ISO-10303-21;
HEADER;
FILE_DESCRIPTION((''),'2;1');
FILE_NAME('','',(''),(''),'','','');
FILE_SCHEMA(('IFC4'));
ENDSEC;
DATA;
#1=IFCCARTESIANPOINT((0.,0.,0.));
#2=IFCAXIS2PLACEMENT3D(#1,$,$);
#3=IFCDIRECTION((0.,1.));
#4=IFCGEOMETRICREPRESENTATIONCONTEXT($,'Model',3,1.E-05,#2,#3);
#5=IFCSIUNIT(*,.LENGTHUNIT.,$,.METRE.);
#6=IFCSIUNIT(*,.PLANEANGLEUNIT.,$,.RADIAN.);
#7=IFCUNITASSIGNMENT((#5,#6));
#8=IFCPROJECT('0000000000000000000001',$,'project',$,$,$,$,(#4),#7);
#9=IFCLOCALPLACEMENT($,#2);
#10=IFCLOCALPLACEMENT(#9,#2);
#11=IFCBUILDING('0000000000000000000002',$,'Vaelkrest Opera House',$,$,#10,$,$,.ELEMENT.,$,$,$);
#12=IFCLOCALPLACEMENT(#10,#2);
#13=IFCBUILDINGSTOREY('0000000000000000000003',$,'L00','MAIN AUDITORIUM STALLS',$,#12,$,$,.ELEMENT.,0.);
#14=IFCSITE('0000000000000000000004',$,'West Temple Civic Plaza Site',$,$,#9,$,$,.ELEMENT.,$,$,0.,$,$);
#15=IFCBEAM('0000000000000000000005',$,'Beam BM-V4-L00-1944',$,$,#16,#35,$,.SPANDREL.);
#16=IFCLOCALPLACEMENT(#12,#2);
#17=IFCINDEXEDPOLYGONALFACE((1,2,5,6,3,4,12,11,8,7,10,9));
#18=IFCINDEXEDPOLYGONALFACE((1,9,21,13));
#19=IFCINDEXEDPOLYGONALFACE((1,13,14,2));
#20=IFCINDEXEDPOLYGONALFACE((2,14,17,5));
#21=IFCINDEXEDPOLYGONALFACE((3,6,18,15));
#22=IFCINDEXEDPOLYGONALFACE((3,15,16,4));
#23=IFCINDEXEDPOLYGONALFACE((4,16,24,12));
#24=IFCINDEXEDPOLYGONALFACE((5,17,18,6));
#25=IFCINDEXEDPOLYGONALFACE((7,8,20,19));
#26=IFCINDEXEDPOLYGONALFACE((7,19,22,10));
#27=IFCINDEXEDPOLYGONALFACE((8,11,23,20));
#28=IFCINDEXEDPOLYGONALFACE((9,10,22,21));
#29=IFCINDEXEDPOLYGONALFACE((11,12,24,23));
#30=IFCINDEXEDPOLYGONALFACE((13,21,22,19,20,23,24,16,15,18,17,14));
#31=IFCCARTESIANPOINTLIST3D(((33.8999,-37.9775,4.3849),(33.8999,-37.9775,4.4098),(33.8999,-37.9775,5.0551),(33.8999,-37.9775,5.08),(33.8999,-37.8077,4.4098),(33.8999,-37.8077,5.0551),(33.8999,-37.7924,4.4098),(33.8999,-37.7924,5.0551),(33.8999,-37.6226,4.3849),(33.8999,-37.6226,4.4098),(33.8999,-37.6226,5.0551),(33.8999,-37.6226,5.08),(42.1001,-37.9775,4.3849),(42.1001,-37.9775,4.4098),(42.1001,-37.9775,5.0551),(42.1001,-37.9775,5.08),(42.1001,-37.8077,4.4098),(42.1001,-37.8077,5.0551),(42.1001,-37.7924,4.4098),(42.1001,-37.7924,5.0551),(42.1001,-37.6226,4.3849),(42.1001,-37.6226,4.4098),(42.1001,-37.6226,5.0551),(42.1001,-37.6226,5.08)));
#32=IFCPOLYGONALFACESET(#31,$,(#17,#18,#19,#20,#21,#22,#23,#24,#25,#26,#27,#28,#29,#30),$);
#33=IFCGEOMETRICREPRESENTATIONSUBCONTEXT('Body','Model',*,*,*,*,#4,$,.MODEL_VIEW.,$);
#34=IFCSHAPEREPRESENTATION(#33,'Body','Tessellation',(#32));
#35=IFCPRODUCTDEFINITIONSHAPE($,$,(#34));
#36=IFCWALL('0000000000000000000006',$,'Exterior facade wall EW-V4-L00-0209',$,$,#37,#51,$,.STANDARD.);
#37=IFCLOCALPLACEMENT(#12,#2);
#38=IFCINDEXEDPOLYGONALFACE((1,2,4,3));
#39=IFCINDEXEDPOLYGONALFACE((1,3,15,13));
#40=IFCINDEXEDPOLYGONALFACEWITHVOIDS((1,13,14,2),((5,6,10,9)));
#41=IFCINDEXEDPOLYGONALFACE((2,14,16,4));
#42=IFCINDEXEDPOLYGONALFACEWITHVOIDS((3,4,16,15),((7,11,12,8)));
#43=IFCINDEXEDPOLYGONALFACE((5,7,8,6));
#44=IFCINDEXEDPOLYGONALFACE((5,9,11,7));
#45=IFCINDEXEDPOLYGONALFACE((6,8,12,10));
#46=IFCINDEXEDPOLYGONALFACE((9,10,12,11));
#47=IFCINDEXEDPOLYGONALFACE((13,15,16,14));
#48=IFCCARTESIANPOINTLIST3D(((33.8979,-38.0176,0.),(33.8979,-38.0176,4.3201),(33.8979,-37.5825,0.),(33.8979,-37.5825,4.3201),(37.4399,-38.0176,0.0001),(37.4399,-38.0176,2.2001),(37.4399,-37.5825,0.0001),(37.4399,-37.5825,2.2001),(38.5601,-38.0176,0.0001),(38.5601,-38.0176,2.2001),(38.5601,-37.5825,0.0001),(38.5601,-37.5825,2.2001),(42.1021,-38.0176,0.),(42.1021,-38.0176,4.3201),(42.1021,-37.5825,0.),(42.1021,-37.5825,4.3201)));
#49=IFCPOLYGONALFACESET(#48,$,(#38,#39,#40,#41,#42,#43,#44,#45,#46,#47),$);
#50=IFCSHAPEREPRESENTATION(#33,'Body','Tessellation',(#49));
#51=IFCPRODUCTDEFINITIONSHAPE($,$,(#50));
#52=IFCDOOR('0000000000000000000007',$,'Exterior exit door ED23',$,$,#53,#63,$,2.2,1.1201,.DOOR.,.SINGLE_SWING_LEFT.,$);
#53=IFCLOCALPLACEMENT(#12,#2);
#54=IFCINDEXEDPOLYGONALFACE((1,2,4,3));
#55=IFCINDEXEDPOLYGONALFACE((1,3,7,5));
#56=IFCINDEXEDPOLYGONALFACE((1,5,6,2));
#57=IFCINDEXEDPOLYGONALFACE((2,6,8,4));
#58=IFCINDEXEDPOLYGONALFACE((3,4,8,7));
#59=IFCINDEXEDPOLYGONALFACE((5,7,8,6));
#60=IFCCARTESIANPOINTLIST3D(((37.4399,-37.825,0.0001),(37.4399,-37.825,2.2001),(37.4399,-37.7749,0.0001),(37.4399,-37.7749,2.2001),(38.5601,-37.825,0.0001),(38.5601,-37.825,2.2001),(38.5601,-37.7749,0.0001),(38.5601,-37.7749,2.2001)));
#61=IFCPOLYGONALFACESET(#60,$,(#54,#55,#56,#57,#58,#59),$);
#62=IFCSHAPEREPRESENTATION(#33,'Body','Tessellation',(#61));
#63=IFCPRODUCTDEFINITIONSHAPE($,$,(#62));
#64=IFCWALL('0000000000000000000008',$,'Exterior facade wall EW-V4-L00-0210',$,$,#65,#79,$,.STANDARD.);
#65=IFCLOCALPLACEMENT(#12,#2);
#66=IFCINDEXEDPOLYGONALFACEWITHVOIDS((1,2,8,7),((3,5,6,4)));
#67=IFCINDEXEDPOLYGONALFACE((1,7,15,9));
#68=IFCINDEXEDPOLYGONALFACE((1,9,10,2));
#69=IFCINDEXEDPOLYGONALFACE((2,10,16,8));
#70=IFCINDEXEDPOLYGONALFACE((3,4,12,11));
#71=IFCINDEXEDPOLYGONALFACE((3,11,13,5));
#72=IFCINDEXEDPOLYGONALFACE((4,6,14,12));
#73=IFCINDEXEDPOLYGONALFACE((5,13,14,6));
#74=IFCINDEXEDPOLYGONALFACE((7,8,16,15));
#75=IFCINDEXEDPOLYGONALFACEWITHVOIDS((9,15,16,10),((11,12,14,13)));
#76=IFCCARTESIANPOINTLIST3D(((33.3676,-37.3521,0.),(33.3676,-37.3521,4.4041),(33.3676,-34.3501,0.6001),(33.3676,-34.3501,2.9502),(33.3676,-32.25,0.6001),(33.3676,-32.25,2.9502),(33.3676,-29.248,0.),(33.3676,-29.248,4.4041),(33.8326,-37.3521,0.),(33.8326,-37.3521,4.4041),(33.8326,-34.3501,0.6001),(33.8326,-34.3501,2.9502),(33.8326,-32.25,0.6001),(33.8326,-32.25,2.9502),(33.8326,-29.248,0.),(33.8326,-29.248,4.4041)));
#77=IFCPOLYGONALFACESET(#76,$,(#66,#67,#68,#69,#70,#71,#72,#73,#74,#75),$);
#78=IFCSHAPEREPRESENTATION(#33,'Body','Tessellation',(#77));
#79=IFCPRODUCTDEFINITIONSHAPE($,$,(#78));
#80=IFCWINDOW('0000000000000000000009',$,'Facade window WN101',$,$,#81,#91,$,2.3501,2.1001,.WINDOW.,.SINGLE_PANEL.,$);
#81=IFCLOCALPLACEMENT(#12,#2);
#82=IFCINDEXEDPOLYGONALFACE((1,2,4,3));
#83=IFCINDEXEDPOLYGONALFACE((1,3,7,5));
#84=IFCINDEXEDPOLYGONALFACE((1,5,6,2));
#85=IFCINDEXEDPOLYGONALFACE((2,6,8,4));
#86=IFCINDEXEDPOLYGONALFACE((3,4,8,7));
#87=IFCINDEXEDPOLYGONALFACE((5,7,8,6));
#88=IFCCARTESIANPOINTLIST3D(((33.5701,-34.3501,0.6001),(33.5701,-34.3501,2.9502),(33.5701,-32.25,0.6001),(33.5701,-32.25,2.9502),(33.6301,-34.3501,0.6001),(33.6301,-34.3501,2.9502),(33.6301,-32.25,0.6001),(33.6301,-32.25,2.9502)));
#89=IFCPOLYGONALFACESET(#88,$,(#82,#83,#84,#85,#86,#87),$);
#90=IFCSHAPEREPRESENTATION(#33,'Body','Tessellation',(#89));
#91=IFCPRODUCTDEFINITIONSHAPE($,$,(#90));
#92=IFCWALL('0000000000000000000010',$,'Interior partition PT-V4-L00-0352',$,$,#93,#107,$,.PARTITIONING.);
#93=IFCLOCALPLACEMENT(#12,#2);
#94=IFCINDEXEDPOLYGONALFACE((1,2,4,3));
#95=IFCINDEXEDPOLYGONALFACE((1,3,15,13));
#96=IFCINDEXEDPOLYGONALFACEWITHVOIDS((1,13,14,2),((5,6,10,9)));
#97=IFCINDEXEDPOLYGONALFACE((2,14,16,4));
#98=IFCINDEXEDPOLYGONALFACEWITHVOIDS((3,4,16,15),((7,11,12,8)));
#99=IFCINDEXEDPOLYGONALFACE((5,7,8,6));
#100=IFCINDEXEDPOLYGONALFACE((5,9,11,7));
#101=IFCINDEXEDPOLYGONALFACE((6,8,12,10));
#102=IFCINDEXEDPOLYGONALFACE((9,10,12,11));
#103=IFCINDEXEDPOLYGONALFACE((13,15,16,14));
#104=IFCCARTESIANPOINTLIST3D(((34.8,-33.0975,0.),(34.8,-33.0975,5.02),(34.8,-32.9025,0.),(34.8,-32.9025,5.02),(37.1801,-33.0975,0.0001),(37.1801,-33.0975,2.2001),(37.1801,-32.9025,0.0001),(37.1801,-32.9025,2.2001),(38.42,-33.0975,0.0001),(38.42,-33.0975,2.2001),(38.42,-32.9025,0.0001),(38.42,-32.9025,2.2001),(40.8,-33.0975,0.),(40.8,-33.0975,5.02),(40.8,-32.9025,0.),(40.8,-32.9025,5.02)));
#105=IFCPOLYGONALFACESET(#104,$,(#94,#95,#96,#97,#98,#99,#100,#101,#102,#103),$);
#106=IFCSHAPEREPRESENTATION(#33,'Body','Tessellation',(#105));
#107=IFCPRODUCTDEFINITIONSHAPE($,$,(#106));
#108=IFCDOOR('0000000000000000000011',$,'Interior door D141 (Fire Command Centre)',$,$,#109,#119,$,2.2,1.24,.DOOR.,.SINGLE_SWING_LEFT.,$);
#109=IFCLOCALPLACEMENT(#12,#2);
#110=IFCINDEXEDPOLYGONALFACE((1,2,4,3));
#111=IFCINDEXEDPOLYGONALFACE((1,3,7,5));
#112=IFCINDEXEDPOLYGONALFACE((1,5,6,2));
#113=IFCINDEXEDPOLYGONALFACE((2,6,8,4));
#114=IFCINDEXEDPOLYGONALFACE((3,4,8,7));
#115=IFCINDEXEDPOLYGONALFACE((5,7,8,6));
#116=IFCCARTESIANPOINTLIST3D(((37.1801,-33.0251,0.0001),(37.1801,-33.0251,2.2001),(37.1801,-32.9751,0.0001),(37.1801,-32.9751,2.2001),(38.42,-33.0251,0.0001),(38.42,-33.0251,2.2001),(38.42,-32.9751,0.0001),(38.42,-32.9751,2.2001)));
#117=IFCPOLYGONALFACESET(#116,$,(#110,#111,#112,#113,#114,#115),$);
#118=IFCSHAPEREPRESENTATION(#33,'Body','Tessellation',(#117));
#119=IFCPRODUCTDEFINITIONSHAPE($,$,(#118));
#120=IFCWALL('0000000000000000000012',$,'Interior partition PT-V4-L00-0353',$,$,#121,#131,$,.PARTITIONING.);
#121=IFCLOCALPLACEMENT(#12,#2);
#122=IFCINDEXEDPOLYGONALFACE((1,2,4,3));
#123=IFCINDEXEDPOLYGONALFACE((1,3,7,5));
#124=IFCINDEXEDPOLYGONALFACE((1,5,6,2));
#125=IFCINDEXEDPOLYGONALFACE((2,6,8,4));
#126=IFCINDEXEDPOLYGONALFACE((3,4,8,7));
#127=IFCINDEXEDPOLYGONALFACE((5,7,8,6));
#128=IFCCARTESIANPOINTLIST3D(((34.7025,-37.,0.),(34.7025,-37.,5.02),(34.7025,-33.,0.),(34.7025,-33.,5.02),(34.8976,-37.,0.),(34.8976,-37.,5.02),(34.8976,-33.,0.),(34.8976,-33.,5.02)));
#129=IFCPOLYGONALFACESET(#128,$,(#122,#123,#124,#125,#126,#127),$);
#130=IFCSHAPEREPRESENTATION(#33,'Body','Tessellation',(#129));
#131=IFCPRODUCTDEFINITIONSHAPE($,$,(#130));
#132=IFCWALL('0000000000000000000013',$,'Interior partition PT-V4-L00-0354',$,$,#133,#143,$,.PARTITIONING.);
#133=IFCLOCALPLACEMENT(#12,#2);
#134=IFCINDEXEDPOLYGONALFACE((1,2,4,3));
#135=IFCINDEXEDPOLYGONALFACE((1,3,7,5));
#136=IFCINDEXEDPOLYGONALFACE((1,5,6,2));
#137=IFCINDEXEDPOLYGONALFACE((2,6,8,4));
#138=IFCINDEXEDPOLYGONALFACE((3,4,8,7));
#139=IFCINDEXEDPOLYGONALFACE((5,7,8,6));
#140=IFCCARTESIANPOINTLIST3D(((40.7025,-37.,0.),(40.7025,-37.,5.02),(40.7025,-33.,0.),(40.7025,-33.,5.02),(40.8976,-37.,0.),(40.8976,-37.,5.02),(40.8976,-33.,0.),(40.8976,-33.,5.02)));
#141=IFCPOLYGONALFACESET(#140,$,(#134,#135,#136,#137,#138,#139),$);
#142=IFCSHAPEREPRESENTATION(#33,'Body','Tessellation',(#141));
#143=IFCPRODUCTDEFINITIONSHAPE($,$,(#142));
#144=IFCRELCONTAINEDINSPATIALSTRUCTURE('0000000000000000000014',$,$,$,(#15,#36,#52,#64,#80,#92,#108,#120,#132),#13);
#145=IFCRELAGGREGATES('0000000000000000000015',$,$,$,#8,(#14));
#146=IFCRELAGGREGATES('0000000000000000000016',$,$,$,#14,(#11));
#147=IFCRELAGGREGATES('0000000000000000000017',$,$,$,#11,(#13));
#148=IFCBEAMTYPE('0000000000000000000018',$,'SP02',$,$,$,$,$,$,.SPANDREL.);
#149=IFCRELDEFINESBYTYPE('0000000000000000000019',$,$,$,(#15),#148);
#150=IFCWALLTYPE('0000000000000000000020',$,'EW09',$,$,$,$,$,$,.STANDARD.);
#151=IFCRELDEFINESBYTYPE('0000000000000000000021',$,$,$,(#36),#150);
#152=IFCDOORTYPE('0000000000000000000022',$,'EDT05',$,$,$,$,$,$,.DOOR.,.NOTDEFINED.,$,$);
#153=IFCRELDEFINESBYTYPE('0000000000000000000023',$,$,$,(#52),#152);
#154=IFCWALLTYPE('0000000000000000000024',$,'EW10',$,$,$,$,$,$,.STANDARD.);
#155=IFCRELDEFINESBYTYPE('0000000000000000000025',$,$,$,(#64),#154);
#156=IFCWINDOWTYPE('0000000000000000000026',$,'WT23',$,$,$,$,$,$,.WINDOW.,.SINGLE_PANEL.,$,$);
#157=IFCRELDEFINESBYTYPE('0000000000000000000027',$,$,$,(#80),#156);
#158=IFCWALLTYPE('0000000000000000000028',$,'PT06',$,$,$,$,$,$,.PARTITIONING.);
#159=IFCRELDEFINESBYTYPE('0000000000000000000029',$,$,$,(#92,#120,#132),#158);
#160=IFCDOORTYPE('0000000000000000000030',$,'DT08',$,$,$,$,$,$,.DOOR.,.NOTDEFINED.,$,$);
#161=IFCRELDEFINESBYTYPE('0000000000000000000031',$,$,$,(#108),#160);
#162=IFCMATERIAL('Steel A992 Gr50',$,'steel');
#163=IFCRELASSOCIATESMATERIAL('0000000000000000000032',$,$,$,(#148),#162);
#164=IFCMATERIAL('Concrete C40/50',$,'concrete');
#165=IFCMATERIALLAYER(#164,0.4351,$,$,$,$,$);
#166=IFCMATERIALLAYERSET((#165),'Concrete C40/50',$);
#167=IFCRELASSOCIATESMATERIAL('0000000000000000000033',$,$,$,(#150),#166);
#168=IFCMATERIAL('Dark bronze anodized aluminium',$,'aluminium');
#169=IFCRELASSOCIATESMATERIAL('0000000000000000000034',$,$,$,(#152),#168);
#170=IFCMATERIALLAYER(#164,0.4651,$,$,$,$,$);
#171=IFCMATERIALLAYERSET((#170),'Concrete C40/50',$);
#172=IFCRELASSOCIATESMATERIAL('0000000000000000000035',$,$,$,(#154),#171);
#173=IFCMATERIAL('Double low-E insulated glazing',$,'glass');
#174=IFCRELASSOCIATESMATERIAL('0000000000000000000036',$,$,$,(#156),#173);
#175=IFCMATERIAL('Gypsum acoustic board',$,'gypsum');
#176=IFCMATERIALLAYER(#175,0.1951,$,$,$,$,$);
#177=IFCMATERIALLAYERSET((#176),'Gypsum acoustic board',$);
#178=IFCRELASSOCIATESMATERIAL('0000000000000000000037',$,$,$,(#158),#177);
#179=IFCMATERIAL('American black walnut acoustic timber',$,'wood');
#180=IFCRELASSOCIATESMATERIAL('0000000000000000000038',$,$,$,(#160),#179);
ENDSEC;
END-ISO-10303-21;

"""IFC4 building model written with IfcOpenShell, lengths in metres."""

from ifc_helpers import new_model, si_unit, direction, frame, frame_2d, origin, origin_2d, place, context, subcontext, project, spatial, rectangle, i_section, extrude, material, layer, layer_set, material_profile, profile_set, type_object, element, fill, save


model = new_model("IFC4")

# Units and contexts
model_context = context("Model", 3, precision=1e-05, world=origin(), true_north=direction((0.0, 1.0)))
body_context = subcontext(model_context, "Body", "Model", "MODEL_VIEW")
ifc_project = project(units=[si_unit("LENGTHUNIT", "METRE"), si_unit("PLANEANGLEUNIT", "RADIAN")], contexts=[model_context])

# Site, building, storey
site_placement = place(None, origin())
site = spatial("IfcSite", under=ifc_project, at=site_placement, Name="West Temple Civic Plaza Site", CompositionType="ELEMENT", RefElevation=0.0)
building_placement = place(site_placement, origin())
building = spatial("IfcBuilding", under=site, at=building_placement, Name="Vaelkrest Opera House", CompositionType="ELEMENT")
storey_placement = place(building_placement, origin())
storey = spatial("IfcBuildingStorey", under=building, at=storey_placement, Name="L00", Description="MAIN AUDITORIUM STALLS", CompositionType="ELEMENT", Elevation=0.0)

# Beam
ifc_material_1 = material(Name="Steel A992 Gr50", Category="steel")
ifc_material_profile_1 = material_profile(ifc_material_1, i_section(OverallWidth=0.355, OverallDepth=0.6951, WebThickness=0.0154, FlangeThickness=0.0249, at=origin_2d()), Name="W27X146")
ifc_profile_set_1 = profile_set([ifc_material_profile_1], Name="Steel A992 Gr50")
beam_type_1 = type_object("IfcBeamType", Name="SP02", PredefinedType="SPANDREL", material=ifc_profile_set_1)
beam_1_placement = place(storey_placement, frame((33.8999, -37.8, 4.7324), z_axis=(1.0, 0.0, 0.0), x_axis=(0.0, 1.0, 0.0)))
element("IfcBeam", 1, at=beam_1_placement, inside=storey, type_object=beam_type_1, Name="Beam BM-V4-L00-1944", PredefinedType="SPANDREL", context=body_context, shape_type="SweptSolid", body=[
    extrude(i_section(OverallWidth=0.355, OverallDepth=0.6951, WebThickness=0.0154, FlangeThickness=0.0249, at=origin_2d()), origin(), (0.0, 0.0, 1.0), 8.2002),
])

# Wall, opening, door
ifc_material_2 = material(Name="Concrete C40/50", Category="concrete")
ifc_layer_1 = layer(ifc_material_2, 0.4351)
ifc_layer_set_1 = layer_set([ifc_layer_1], Name="Concrete C40/50")
wall_type_1 = type_object("IfcWallType", Name="EW09", PredefinedType="STANDARD", material=ifc_layer_set_1)
wall_1_placement = place(storey_placement, frame((42.1021, -37.8, 0.0), z_axis=(0.0, 0.0, 1.0), x_axis=(-1.0, 0.0, 0.0)))
wall_1 = element("IfcWall", 2, at=wall_1_placement, inside=storey, type_object=wall_type_1, Name="Exterior facade wall EW-V4-L00-0209", PredefinedType="STANDARD", context=body_context, shape_type="SweptSolid", body=[
    extrude(rectangle(XDim=8.2041, YDim=0.4351, at=frame_2d((4.1021, 0.0))), origin(), (0.0, 0.0, 1.0), 4.3201),
])
opening_1_placement = place(wall_1_placement, frame((3.542, 0.0, 0.0)))
opening_1 = element("IfcOpeningElement", 3, at=opening_1_placement, cuts=wall_1, PredefinedType="OPENING", context=body_context, shape_type="SweptSolid", body=[
    extrude(rectangle(XDim=1.1201, YDim=2.2, at=frame_2d((0.5601, 1.1001))), frame((0.0, 0.2275, 0.0), z_axis=(0.0, -1.0, 0.0), x_axis=(1.0, 0.0, 0.0)), (0.0, 0.0, 1.0), 0.4551),
])
ifc_material_3 = material(Name="Dark bronze anodized aluminium", Category="aluminium")
door_type_1 = type_object("IfcDoorType", Name="EDT05", OperationType="NOTDEFINED", PredefinedType="DOOR", material=ifc_material_3)
door_1_placement = place(opening_1_placement, origin())
door_1 = element("IfcDoor", 4, at=door_1_placement, inside=storey, type_object=door_type_1, Name="Exterior exit door ED23", OperationType="SINGLE_SWING_LEFT", OverallHeight=2.2, OverallWidth=1.1201, PredefinedType="DOOR", context=body_context, shape_type="SweptSolid", body=[
    extrude(rectangle(XDim=1.1201, YDim=2.2, at=frame_2d((0.5601, 1.1001))), frame((0.0, 0.0249, 0.0), z_axis=(0.0, -1.0, 0.0), x_axis=(1.0, 0.0, 0.0)), (0.0, 0.0, 1.0), 0.05),
])
fill(opening_1, door_1)

# Wall, opening, window
ifc_layer_2 = layer(ifc_material_2, 0.4651)
ifc_layer_set_2 = layer_set([ifc_layer_2], Name="Concrete C40/50")
wall_type_2 = type_object("IfcWallType", Name="EW10", PredefinedType="STANDARD", material=ifc_layer_set_2)
wall_2_placement = place(storey_placement, frame((33.6001, -37.3521, 0.0), z_axis=(0.0, 0.0, 1.0), x_axis=(0.0, 1.0, 0.0)))
wall_2 = element("IfcWall", 5, at=wall_2_placement, inside=storey, type_object=wall_type_2, Name="Exterior facade wall EW-V4-L00-0210", PredefinedType="STANDARD", context=body_context, shape_type="SweptSolid", body=[
    extrude(rectangle(XDim=8.104, YDim=0.4651, at=frame_2d((4.052, 0.0))), origin(), (0.0, 0.0, 1.0), 4.4041),
])
opening_2_placement = place(wall_2_placement, frame((3.002, 0.0, 0.6001)))
opening_2 = element("IfcOpeningElement", 6, at=opening_2_placement, cuts=wall_2, PredefinedType="OPENING", context=body_context, shape_type="SweptSolid", body=[
    extrude(rectangle(XDim=2.1001, YDim=2.3501, at=frame_2d((1.05, 1.175))), frame((0.0, 0.2424, 0.0), z_axis=(0.0, -1.0, 0.0), x_axis=(1.0, 0.0, 0.0)), (0.0, 0.0, 1.0), 0.4851),
])
ifc_material_4 = material(Name="Double low-E insulated glazing", Category="glass")
window_type = type_object("IfcWindowType", Name="WT23", PartitioningType="SINGLE_PANEL", PredefinedType="WINDOW", material=ifc_material_4)
window_placement = place(opening_2_placement, origin())
window = element("IfcWindow", 7, at=window_placement, inside=storey, type_object=window_type, Name="Facade window WN101", OverallHeight=2.3501, OverallWidth=2.1001, PartitioningType="SINGLE_PANEL", PredefinedType="WINDOW", context=body_context, shape_type="SweptSolid", body=[
    extrude(rectangle(XDim=2.1001, YDim=2.3501, at=frame_2d((1.05, 1.175))), frame((0.0, 0.03, 0.0), z_axis=(0.0, -1.0, 0.0), x_axis=(1.0, 0.0, 0.0)), (0.0, 0.0, 1.0), 0.0601),
])
fill(opening_2, window)

# Wall, opening, door
ifc_material_5 = material(Name="Gypsum acoustic board", Category="gypsum")
ifc_layer_3 = layer(ifc_material_5, 0.1951)
ifc_layer_set_3 = layer_set([ifc_layer_3], Name="Gypsum acoustic board")
wall_type_3 = type_object("IfcWallType", Name="PT06", PredefinedType="PARTITIONING", material=ifc_layer_set_3)
wall_3_placement = place(storey_placement, frame((34.8, -33.0, 0.0), z_axis=(0.0, 0.0, 1.0), x_axis=(1.0, 0.0, 0.0)))
wall_3 = element("IfcWall", 8, at=wall_3_placement, inside=storey, type_object=wall_type_3, Name="Interior partition PT-V4-L00-0352", PredefinedType="PARTITIONING", context=body_context, shape_type="SweptSolid", body=[
    extrude(rectangle(XDim=6.0, YDim=0.1951, at=frame_2d((3.0, 0.0))), origin(), (0.0, 0.0, 1.0), 5.02),
])
opening_3_placement = place(wall_3_placement, frame((2.3799, 0.0, 0.0)))
opening_3 = element("IfcOpeningElement", 9, at=opening_3_placement, cuts=wall_3, PredefinedType="OPENING", context=body_context, shape_type="SweptSolid", body=[
    extrude(rectangle(XDim=1.24, YDim=2.2, at=frame_2d((0.6201, 1.1001))), frame((0.0, 0.1074, 0.0), z_axis=(0.0, -1.0, 0.0), x_axis=(1.0, 0.0, 0.0)), (0.0, 0.0, 1.0), 0.2151),
])
ifc_material_6 = material(Name="American black walnut acoustic timber", Category="wood")
door_type_2 = type_object("IfcDoorType", Name="DT08", OperationType="NOTDEFINED", PredefinedType="DOOR", material=ifc_material_6)
door_2_placement = place(opening_3_placement, origin())
door_2 = element("IfcDoor", 10, at=door_2_placement, inside=storey, type_object=door_type_2, Name="Interior door D141 (Fire Command Centre)", OperationType="SINGLE_SWING_LEFT", OverallHeight=2.2, OverallWidth=1.24, PredefinedType="DOOR", context=body_context, shape_type="SweptSolid", body=[
    extrude(rectangle(XDim=1.24, YDim=2.2, at=frame_2d((0.6201, 1.1001))), frame((0.0, 0.0249, 0.0), z_axis=(0.0, -1.0, 0.0), x_axis=(1.0, 0.0, 0.0)), (0.0, 0.0, 1.0), 0.05),
])
fill(opening_3, door_2)

# Walls
for number, where, z_axis, x_axis, name in (
    (11, (34.8, -37.0, 0.0), (0.0, 0.0, 1.0), (0.0, 1.0, 0.0), "Interior partition PT-V4-L00-0353"),
    (12, (40.8, -37.0, 0.0), (0.0, 0.0, 1.0), (0.0, 1.0, 0.0), "Interior partition PT-V4-L00-0354"),
):
    element("IfcWall", number, at=place(storey_placement, frame(where, z_axis=z_axis, x_axis=x_axis)), inside=storey, type_object=wall_type_3, Name=name, PredefinedType="PARTITIONING", context=body_context, shape_type="SweptSolid", body=[
        extrude(rectangle(XDim=4.0, YDim=0.1951, at=frame_2d((2.0, 0.0))), origin(), (0.0, 0.0, 1.0), 5.02),
    ])

save(model, "model.ifc")
